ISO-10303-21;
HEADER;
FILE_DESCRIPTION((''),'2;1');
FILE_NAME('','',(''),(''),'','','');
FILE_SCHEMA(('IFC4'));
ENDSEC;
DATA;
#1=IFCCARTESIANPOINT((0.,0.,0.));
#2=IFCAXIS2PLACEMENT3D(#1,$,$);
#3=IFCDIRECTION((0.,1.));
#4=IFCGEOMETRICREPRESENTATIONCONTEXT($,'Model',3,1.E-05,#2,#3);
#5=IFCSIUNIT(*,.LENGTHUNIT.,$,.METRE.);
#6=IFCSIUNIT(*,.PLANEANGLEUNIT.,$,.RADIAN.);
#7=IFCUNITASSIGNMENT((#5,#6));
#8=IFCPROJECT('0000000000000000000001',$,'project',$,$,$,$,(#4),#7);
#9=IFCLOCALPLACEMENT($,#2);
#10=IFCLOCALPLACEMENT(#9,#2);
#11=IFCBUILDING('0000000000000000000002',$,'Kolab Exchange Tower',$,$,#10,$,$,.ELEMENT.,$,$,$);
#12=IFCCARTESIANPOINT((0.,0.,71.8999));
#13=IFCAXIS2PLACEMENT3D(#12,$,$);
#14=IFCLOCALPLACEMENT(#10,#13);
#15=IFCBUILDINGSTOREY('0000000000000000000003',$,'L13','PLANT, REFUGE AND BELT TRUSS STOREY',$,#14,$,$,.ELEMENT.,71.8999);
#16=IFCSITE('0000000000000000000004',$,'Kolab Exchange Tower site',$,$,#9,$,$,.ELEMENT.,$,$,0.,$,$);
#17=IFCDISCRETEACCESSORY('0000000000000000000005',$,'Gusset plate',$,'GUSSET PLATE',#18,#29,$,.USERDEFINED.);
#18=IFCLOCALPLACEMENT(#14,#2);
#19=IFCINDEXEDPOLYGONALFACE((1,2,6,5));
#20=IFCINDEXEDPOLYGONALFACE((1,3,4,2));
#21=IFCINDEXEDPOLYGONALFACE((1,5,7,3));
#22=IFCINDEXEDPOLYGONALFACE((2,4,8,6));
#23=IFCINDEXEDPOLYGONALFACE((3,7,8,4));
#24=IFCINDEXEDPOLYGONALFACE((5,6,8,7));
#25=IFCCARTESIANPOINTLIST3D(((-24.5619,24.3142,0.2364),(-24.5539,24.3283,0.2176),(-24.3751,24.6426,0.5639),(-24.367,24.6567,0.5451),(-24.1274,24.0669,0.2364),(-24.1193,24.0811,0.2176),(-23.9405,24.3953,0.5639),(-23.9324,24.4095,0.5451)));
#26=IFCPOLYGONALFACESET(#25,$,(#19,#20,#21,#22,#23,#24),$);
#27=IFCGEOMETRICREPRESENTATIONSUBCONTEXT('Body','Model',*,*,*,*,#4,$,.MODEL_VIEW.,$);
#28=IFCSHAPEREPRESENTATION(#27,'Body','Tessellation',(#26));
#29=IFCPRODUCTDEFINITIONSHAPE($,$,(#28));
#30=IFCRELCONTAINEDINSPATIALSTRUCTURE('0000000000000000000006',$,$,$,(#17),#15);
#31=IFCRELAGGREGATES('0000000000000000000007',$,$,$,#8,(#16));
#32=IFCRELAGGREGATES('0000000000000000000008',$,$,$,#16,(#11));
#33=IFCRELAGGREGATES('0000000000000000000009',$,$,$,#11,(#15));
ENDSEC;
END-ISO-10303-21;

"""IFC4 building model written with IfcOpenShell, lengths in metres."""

from ifc_helpers import new_model, si_unit, direction, frame, origin, origin_2d, place, context, subcontext, project, spatial, rectangle, extrude, element, save


model = new_model("IFC4")

# Units and contexts
model_context = context("Model", 3, precision=1e-05, world=origin(), true_north=direction((0.0, 1.0)))
body_context = subcontext(model_context, "Body", "Model", "MODEL_VIEW")
ifc_project = project(units=[si_unit("LENGTHUNIT", "METRE"), si_unit("PLANEANGLEUNIT", "RADIAN")], contexts=[model_context])

# Site, building, storey
site_placement = place(None, origin())
site = spatial("IfcSite", under=ifc_project, at=site_placement, Name="Kolab Exchange Tower site", CompositionType="ELEMENT", RefElevation=0.0)
building_placement = place(site_placement, origin())
building = spatial("IfcBuilding", under=site, at=building_placement, Name="Kolab Exchange Tower", CompositionType="ELEMENT")
storey_placement = place(building_placement, frame((0.0, 0.0, 71.8999)))
storey = spatial("IfcBuildingStorey", under=building, at=storey_placement, Name="L13", Description="PLANT, REFUGE AND BELT TRUSS STOREY", CompositionType="ELEMENT", Elevation=71.8999)

# Discrete accessory
for number, where, z_axis, x_axis, name in (
    (1, (-24.2512, 24.3547, 0.4001), (0.323872, 0.56923, -0.755701), (-0.869164, 0.494524, 0.0), "Gusset plate"),
):
    element("IfcDiscreteAccessory", number, at=place(storey_placement, frame(where, z_axis=z_axis, x_axis=x_axis)), inside=storey, Name=name, ObjectType="GUSSET PLATE", PredefinedType="USERDEFINED", context=body_context, shape_type="SweptSolid", body=[
        extrude(rectangle(XDim=0.5, YDim=0.5, at=origin_2d()), origin(), (0.0, 0.0, 1.0), 0.0249),
    ])

save(model, "model.ifc")
